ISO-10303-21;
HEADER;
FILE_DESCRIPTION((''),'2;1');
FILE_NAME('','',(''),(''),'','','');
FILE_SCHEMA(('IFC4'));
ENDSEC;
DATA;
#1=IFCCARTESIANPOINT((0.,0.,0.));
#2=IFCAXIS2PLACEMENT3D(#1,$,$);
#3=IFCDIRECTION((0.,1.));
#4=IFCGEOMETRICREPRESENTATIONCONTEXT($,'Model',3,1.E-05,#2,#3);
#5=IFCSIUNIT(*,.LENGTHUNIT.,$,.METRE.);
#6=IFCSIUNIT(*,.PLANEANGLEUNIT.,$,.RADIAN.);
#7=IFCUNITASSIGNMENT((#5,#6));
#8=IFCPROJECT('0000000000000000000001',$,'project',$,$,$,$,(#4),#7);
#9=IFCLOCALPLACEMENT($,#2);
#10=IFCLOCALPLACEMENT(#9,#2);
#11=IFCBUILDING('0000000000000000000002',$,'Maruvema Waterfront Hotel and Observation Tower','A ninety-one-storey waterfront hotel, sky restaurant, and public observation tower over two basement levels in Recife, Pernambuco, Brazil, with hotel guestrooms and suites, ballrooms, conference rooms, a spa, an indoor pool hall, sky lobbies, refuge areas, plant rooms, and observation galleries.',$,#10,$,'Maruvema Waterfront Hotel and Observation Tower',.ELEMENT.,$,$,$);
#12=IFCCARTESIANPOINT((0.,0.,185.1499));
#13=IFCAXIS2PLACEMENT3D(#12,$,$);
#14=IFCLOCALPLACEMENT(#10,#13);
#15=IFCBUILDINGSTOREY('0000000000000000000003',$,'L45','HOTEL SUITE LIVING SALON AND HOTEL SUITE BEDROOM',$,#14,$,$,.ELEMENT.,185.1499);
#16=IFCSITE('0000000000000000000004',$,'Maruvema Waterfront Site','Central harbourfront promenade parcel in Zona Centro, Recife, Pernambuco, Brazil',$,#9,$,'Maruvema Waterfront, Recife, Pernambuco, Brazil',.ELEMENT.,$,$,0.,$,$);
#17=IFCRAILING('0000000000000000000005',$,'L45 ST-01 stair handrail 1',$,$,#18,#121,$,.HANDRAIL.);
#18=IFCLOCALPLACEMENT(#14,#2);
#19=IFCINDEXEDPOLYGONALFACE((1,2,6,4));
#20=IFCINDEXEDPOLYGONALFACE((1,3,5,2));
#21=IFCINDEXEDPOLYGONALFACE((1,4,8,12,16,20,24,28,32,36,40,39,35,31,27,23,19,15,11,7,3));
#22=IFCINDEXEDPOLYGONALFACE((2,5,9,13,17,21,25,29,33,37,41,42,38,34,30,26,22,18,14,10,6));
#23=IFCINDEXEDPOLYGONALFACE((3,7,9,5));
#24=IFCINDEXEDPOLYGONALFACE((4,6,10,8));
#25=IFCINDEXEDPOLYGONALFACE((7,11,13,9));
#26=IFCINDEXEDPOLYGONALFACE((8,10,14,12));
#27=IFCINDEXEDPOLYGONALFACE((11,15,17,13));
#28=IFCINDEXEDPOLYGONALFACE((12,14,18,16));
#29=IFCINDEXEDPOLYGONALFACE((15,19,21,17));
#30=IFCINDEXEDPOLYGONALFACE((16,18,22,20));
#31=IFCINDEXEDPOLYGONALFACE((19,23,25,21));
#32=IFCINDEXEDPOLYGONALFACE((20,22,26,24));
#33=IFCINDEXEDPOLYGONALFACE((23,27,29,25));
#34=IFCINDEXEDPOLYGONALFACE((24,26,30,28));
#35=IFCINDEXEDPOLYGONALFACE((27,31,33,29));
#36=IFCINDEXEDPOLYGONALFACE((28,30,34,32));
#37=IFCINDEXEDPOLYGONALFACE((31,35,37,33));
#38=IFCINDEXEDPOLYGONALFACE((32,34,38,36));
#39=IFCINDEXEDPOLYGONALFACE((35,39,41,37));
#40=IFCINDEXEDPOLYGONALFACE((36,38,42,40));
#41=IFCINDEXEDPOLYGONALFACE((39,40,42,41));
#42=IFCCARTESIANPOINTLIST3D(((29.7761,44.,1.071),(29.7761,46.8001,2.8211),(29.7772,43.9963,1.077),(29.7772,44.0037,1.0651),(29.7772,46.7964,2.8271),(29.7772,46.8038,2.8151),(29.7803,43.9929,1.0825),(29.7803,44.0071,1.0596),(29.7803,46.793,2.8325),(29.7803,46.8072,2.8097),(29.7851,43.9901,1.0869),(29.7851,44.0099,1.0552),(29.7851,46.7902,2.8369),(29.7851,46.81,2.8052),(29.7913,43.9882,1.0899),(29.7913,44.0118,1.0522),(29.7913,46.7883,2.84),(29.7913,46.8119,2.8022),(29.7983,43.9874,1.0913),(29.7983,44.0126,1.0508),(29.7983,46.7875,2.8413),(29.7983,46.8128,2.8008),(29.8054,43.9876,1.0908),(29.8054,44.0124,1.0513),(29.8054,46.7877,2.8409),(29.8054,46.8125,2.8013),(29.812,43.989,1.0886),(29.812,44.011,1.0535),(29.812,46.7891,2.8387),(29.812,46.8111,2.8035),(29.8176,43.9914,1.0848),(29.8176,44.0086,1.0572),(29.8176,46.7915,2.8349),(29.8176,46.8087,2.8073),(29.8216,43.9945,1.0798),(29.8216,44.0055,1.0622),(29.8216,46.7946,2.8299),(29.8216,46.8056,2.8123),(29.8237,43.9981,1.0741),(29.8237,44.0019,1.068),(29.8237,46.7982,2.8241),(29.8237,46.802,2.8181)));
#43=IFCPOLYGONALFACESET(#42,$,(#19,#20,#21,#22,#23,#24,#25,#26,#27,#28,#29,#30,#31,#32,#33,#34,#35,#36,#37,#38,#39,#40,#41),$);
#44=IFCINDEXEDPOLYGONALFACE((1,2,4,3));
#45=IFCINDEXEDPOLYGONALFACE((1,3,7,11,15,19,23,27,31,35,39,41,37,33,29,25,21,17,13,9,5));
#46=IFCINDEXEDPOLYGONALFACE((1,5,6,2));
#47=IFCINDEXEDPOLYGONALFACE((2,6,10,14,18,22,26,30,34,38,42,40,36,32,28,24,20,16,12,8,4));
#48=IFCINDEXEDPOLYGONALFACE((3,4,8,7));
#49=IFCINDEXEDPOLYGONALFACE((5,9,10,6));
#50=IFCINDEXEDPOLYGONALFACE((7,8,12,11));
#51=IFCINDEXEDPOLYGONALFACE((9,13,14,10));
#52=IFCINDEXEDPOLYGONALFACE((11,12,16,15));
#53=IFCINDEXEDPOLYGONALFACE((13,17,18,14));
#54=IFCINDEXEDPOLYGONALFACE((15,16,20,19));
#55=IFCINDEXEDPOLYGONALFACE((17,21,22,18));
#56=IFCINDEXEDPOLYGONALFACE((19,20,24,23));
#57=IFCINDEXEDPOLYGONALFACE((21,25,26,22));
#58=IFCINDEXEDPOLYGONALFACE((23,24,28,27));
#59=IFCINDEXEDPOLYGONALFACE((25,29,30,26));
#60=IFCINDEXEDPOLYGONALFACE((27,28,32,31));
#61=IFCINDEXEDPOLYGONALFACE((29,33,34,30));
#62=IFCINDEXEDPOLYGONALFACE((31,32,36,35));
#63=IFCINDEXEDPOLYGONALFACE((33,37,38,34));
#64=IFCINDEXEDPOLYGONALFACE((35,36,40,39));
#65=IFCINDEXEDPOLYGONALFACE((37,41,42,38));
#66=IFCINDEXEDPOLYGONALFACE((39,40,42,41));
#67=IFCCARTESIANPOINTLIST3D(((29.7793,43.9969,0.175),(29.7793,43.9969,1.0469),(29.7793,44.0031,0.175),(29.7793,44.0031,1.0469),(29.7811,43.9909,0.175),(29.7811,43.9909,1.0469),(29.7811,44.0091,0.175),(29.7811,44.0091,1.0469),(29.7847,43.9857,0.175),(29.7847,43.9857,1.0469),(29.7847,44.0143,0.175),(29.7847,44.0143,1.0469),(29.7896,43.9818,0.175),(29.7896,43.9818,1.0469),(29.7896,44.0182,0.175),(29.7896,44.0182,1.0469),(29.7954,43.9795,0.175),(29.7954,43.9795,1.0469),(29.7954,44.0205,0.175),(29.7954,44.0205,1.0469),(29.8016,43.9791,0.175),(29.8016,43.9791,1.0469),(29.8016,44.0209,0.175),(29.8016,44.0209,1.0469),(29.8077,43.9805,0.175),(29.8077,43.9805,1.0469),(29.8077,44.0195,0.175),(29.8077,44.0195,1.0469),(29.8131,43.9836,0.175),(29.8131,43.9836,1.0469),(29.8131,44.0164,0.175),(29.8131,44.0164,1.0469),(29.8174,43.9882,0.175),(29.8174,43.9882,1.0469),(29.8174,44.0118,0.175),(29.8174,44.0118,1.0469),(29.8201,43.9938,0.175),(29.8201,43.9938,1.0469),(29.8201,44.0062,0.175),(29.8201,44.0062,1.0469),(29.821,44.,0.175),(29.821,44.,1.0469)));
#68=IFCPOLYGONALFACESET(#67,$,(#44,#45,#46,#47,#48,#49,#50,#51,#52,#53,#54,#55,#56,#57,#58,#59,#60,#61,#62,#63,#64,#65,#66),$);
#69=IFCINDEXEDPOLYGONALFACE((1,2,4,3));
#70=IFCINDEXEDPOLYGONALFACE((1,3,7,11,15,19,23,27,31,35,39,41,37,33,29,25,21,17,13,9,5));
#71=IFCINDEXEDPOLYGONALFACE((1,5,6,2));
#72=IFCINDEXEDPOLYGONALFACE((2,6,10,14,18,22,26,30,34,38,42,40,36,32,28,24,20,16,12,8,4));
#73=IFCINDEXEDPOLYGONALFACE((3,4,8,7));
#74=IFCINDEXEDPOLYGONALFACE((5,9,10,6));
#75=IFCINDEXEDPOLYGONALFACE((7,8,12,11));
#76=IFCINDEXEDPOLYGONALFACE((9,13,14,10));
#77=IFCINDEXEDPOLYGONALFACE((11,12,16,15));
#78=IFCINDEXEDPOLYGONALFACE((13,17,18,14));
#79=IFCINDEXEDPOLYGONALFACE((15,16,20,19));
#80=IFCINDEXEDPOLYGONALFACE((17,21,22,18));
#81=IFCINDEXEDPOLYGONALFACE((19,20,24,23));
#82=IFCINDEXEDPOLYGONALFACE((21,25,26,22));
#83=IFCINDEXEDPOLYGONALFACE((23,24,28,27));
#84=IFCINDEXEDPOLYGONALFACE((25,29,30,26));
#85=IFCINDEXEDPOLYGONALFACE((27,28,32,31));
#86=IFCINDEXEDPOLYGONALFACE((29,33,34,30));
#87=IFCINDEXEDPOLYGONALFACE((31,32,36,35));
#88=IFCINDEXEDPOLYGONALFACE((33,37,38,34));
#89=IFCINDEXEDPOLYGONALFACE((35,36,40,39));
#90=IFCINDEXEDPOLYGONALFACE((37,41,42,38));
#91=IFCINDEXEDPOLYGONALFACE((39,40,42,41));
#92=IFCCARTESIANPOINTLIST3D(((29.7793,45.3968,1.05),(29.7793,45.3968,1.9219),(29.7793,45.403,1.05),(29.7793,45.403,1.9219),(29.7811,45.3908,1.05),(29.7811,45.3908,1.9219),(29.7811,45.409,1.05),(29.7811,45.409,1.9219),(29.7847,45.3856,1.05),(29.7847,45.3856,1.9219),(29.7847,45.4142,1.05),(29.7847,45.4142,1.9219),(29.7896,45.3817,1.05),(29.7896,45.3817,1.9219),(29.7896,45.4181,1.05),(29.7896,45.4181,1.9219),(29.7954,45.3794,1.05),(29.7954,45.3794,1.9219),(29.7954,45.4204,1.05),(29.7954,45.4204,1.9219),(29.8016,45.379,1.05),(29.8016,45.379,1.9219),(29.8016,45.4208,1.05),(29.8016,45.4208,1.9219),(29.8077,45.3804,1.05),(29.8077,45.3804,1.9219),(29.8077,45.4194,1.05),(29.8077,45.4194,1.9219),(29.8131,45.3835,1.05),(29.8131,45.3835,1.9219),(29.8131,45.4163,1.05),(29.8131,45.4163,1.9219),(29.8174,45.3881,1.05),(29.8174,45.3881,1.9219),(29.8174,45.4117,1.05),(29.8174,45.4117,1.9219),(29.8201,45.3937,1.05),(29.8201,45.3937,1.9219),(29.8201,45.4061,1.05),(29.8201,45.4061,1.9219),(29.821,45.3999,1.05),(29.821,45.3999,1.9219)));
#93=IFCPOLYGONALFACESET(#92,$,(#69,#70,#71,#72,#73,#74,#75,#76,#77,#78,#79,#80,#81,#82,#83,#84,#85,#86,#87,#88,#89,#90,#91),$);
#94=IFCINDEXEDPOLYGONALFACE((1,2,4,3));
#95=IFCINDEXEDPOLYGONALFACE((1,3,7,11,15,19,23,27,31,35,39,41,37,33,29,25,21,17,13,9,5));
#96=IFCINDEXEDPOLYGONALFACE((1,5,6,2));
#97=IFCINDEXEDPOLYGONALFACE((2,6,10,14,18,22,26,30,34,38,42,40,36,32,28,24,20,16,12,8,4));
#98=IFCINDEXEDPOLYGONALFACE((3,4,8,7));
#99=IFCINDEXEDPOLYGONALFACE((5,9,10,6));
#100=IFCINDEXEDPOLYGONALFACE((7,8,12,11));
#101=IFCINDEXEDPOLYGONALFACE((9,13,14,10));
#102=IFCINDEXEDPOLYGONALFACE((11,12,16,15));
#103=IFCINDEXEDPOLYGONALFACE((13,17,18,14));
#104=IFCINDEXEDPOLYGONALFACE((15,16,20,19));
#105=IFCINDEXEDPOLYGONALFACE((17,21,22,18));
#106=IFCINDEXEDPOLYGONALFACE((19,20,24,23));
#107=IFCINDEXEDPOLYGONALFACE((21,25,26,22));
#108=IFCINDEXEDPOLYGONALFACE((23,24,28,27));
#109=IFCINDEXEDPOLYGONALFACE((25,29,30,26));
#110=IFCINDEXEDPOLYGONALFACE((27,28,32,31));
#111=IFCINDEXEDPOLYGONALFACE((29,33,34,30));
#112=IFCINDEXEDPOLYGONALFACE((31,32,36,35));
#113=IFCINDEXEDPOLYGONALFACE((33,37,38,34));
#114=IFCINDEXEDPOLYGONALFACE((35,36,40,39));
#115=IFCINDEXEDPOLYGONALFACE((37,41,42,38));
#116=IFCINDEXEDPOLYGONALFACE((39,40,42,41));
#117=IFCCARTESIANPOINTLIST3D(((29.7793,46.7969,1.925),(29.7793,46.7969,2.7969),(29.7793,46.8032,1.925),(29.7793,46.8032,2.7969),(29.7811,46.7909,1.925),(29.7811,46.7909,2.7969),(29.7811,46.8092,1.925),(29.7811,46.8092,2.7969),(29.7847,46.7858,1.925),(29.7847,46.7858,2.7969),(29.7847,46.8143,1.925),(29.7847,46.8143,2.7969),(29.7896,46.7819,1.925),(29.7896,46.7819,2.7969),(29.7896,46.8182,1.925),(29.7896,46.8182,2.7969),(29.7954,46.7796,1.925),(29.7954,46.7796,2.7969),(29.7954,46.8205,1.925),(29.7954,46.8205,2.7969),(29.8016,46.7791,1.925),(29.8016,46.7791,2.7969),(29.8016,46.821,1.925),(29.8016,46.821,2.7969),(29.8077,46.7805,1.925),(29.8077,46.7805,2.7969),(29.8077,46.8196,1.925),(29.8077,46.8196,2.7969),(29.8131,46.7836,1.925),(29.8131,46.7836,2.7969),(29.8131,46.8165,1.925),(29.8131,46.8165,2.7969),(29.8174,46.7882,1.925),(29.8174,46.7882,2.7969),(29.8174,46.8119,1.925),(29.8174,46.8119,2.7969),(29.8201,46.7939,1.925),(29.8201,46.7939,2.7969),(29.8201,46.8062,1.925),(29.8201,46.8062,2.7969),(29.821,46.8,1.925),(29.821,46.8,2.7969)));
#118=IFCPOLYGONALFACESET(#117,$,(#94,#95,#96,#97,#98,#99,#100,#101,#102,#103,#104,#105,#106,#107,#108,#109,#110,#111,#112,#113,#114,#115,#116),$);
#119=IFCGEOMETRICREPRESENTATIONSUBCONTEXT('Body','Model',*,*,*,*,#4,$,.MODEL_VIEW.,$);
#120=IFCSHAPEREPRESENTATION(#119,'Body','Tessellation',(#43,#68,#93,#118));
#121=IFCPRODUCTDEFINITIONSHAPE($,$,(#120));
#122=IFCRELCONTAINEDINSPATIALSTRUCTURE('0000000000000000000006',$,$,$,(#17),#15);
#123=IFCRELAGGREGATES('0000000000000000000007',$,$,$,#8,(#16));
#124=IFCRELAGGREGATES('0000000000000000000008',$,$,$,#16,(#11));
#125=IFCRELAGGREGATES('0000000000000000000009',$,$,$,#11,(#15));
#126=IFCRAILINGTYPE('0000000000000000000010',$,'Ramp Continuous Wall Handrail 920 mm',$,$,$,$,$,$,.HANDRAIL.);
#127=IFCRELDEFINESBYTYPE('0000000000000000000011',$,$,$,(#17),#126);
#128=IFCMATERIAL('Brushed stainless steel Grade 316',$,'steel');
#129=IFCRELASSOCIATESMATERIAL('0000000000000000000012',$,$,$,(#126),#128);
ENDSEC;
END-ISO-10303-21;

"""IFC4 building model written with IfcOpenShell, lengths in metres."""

from ifc_helpers import new_model, si_unit, direction, frame, origin, origin_2d, place, context, subcontext, project, spatial, circle, extrude, material, type_object, element, save


model = new_model("IFC4")

# Units and contexts
model_context = context("Model", 3, precision=1e-05, world=origin(), true_north=direction((0.0, 1.0)))
body_context = subcontext(model_context, "Body", "Model", "MODEL_VIEW")
ifc_project = project(units=[si_unit("LENGTHUNIT", "METRE"), si_unit("PLANEANGLEUNIT", "RADIAN")], contexts=[model_context])

# Site, building, storey
site_placement = place(None, origin())
site = spatial("IfcSite", under=ifc_project, at=site_placement, Name="Maruvema Waterfront Site", Description="Central harbourfront promenade parcel in Zona Centro, Recife, Pernambuco, Brazil", LongName="Maruvema Waterfront, Recife, Pernambuco, Brazil", CompositionType="ELEMENT", RefElevation=0.0)
building_placement = place(site_placement, origin())
building = spatial("IfcBuilding", under=site, at=building_placement, Name="Maruvema Waterfront Hotel and Observation Tower", Description="A ninety-one-storey waterfront hotel, sky restaurant, and public observation tower over two basement levels in Recife, Pernambuco, Brazil, with hotel guestrooms and suites, ballrooms, conference rooms, a spa, an indoor pool hall, sky lobbies, refuge areas, plant rooms, and observation galleries.", LongName="Maruvema Waterfront Hotel and Observation Tower", CompositionType="ELEMENT")
storey_placement = place(building_placement, frame((0.0, 0.0, 185.1499)))
storey = spatial("IfcBuildingStorey", under=building, at=storey_placement, Name="L45", Description="HOTEL SUITE LIVING SALON AND HOTEL SUITE BEDROOM", CompositionType="ELEMENT", Elevation=185.1499)

# Railing
ifc_material_1 = material(Name="Brushed stainless steel Grade 316", Category="steel")
railing_type_1 = type_object("IfcRailingType", Name="Ramp Continuous Wall Handrail 920 mm", PredefinedType="HANDRAIL", material=ifc_material_1)
railing_1_placement = place(storey_placement, frame((29.8, 44.0, 0.175)))
element("IfcRailing", 1, at=railing_1_placement, inside=storey, type_object=railing_type_1, Name="L45 ST-01 stair handrail 1", PredefinedType="HANDRAIL", context=body_context, shape_type="SweptSolid", body=[
    extrude(circle(Radius=0.0239, at=origin_2d()), frame((0.0, 0.0, 0.896), z_axis=(0.0, 0.848002, 0.529992), x_axis=(-1.0, 0.0, 0.0)), (0.0, 0.0, 1.0), 3.302),
    extrude(circle(Radius=0.021, at=origin_2d()), origin(), (0.0, 0.0, 1.0), 0.8718),
    extrude(circle(Radius=0.021, at=origin_2d()), frame((0.0, 1.3999, 0.875)), (0.0, 0.0, 1.0), 0.8718),
    extrude(circle(Radius=0.021, at=origin_2d()), frame((0.0, 2.8, 1.75)), (0.0, 0.0, 1.0), 0.8718),
])

save(model, "model.ifc")
